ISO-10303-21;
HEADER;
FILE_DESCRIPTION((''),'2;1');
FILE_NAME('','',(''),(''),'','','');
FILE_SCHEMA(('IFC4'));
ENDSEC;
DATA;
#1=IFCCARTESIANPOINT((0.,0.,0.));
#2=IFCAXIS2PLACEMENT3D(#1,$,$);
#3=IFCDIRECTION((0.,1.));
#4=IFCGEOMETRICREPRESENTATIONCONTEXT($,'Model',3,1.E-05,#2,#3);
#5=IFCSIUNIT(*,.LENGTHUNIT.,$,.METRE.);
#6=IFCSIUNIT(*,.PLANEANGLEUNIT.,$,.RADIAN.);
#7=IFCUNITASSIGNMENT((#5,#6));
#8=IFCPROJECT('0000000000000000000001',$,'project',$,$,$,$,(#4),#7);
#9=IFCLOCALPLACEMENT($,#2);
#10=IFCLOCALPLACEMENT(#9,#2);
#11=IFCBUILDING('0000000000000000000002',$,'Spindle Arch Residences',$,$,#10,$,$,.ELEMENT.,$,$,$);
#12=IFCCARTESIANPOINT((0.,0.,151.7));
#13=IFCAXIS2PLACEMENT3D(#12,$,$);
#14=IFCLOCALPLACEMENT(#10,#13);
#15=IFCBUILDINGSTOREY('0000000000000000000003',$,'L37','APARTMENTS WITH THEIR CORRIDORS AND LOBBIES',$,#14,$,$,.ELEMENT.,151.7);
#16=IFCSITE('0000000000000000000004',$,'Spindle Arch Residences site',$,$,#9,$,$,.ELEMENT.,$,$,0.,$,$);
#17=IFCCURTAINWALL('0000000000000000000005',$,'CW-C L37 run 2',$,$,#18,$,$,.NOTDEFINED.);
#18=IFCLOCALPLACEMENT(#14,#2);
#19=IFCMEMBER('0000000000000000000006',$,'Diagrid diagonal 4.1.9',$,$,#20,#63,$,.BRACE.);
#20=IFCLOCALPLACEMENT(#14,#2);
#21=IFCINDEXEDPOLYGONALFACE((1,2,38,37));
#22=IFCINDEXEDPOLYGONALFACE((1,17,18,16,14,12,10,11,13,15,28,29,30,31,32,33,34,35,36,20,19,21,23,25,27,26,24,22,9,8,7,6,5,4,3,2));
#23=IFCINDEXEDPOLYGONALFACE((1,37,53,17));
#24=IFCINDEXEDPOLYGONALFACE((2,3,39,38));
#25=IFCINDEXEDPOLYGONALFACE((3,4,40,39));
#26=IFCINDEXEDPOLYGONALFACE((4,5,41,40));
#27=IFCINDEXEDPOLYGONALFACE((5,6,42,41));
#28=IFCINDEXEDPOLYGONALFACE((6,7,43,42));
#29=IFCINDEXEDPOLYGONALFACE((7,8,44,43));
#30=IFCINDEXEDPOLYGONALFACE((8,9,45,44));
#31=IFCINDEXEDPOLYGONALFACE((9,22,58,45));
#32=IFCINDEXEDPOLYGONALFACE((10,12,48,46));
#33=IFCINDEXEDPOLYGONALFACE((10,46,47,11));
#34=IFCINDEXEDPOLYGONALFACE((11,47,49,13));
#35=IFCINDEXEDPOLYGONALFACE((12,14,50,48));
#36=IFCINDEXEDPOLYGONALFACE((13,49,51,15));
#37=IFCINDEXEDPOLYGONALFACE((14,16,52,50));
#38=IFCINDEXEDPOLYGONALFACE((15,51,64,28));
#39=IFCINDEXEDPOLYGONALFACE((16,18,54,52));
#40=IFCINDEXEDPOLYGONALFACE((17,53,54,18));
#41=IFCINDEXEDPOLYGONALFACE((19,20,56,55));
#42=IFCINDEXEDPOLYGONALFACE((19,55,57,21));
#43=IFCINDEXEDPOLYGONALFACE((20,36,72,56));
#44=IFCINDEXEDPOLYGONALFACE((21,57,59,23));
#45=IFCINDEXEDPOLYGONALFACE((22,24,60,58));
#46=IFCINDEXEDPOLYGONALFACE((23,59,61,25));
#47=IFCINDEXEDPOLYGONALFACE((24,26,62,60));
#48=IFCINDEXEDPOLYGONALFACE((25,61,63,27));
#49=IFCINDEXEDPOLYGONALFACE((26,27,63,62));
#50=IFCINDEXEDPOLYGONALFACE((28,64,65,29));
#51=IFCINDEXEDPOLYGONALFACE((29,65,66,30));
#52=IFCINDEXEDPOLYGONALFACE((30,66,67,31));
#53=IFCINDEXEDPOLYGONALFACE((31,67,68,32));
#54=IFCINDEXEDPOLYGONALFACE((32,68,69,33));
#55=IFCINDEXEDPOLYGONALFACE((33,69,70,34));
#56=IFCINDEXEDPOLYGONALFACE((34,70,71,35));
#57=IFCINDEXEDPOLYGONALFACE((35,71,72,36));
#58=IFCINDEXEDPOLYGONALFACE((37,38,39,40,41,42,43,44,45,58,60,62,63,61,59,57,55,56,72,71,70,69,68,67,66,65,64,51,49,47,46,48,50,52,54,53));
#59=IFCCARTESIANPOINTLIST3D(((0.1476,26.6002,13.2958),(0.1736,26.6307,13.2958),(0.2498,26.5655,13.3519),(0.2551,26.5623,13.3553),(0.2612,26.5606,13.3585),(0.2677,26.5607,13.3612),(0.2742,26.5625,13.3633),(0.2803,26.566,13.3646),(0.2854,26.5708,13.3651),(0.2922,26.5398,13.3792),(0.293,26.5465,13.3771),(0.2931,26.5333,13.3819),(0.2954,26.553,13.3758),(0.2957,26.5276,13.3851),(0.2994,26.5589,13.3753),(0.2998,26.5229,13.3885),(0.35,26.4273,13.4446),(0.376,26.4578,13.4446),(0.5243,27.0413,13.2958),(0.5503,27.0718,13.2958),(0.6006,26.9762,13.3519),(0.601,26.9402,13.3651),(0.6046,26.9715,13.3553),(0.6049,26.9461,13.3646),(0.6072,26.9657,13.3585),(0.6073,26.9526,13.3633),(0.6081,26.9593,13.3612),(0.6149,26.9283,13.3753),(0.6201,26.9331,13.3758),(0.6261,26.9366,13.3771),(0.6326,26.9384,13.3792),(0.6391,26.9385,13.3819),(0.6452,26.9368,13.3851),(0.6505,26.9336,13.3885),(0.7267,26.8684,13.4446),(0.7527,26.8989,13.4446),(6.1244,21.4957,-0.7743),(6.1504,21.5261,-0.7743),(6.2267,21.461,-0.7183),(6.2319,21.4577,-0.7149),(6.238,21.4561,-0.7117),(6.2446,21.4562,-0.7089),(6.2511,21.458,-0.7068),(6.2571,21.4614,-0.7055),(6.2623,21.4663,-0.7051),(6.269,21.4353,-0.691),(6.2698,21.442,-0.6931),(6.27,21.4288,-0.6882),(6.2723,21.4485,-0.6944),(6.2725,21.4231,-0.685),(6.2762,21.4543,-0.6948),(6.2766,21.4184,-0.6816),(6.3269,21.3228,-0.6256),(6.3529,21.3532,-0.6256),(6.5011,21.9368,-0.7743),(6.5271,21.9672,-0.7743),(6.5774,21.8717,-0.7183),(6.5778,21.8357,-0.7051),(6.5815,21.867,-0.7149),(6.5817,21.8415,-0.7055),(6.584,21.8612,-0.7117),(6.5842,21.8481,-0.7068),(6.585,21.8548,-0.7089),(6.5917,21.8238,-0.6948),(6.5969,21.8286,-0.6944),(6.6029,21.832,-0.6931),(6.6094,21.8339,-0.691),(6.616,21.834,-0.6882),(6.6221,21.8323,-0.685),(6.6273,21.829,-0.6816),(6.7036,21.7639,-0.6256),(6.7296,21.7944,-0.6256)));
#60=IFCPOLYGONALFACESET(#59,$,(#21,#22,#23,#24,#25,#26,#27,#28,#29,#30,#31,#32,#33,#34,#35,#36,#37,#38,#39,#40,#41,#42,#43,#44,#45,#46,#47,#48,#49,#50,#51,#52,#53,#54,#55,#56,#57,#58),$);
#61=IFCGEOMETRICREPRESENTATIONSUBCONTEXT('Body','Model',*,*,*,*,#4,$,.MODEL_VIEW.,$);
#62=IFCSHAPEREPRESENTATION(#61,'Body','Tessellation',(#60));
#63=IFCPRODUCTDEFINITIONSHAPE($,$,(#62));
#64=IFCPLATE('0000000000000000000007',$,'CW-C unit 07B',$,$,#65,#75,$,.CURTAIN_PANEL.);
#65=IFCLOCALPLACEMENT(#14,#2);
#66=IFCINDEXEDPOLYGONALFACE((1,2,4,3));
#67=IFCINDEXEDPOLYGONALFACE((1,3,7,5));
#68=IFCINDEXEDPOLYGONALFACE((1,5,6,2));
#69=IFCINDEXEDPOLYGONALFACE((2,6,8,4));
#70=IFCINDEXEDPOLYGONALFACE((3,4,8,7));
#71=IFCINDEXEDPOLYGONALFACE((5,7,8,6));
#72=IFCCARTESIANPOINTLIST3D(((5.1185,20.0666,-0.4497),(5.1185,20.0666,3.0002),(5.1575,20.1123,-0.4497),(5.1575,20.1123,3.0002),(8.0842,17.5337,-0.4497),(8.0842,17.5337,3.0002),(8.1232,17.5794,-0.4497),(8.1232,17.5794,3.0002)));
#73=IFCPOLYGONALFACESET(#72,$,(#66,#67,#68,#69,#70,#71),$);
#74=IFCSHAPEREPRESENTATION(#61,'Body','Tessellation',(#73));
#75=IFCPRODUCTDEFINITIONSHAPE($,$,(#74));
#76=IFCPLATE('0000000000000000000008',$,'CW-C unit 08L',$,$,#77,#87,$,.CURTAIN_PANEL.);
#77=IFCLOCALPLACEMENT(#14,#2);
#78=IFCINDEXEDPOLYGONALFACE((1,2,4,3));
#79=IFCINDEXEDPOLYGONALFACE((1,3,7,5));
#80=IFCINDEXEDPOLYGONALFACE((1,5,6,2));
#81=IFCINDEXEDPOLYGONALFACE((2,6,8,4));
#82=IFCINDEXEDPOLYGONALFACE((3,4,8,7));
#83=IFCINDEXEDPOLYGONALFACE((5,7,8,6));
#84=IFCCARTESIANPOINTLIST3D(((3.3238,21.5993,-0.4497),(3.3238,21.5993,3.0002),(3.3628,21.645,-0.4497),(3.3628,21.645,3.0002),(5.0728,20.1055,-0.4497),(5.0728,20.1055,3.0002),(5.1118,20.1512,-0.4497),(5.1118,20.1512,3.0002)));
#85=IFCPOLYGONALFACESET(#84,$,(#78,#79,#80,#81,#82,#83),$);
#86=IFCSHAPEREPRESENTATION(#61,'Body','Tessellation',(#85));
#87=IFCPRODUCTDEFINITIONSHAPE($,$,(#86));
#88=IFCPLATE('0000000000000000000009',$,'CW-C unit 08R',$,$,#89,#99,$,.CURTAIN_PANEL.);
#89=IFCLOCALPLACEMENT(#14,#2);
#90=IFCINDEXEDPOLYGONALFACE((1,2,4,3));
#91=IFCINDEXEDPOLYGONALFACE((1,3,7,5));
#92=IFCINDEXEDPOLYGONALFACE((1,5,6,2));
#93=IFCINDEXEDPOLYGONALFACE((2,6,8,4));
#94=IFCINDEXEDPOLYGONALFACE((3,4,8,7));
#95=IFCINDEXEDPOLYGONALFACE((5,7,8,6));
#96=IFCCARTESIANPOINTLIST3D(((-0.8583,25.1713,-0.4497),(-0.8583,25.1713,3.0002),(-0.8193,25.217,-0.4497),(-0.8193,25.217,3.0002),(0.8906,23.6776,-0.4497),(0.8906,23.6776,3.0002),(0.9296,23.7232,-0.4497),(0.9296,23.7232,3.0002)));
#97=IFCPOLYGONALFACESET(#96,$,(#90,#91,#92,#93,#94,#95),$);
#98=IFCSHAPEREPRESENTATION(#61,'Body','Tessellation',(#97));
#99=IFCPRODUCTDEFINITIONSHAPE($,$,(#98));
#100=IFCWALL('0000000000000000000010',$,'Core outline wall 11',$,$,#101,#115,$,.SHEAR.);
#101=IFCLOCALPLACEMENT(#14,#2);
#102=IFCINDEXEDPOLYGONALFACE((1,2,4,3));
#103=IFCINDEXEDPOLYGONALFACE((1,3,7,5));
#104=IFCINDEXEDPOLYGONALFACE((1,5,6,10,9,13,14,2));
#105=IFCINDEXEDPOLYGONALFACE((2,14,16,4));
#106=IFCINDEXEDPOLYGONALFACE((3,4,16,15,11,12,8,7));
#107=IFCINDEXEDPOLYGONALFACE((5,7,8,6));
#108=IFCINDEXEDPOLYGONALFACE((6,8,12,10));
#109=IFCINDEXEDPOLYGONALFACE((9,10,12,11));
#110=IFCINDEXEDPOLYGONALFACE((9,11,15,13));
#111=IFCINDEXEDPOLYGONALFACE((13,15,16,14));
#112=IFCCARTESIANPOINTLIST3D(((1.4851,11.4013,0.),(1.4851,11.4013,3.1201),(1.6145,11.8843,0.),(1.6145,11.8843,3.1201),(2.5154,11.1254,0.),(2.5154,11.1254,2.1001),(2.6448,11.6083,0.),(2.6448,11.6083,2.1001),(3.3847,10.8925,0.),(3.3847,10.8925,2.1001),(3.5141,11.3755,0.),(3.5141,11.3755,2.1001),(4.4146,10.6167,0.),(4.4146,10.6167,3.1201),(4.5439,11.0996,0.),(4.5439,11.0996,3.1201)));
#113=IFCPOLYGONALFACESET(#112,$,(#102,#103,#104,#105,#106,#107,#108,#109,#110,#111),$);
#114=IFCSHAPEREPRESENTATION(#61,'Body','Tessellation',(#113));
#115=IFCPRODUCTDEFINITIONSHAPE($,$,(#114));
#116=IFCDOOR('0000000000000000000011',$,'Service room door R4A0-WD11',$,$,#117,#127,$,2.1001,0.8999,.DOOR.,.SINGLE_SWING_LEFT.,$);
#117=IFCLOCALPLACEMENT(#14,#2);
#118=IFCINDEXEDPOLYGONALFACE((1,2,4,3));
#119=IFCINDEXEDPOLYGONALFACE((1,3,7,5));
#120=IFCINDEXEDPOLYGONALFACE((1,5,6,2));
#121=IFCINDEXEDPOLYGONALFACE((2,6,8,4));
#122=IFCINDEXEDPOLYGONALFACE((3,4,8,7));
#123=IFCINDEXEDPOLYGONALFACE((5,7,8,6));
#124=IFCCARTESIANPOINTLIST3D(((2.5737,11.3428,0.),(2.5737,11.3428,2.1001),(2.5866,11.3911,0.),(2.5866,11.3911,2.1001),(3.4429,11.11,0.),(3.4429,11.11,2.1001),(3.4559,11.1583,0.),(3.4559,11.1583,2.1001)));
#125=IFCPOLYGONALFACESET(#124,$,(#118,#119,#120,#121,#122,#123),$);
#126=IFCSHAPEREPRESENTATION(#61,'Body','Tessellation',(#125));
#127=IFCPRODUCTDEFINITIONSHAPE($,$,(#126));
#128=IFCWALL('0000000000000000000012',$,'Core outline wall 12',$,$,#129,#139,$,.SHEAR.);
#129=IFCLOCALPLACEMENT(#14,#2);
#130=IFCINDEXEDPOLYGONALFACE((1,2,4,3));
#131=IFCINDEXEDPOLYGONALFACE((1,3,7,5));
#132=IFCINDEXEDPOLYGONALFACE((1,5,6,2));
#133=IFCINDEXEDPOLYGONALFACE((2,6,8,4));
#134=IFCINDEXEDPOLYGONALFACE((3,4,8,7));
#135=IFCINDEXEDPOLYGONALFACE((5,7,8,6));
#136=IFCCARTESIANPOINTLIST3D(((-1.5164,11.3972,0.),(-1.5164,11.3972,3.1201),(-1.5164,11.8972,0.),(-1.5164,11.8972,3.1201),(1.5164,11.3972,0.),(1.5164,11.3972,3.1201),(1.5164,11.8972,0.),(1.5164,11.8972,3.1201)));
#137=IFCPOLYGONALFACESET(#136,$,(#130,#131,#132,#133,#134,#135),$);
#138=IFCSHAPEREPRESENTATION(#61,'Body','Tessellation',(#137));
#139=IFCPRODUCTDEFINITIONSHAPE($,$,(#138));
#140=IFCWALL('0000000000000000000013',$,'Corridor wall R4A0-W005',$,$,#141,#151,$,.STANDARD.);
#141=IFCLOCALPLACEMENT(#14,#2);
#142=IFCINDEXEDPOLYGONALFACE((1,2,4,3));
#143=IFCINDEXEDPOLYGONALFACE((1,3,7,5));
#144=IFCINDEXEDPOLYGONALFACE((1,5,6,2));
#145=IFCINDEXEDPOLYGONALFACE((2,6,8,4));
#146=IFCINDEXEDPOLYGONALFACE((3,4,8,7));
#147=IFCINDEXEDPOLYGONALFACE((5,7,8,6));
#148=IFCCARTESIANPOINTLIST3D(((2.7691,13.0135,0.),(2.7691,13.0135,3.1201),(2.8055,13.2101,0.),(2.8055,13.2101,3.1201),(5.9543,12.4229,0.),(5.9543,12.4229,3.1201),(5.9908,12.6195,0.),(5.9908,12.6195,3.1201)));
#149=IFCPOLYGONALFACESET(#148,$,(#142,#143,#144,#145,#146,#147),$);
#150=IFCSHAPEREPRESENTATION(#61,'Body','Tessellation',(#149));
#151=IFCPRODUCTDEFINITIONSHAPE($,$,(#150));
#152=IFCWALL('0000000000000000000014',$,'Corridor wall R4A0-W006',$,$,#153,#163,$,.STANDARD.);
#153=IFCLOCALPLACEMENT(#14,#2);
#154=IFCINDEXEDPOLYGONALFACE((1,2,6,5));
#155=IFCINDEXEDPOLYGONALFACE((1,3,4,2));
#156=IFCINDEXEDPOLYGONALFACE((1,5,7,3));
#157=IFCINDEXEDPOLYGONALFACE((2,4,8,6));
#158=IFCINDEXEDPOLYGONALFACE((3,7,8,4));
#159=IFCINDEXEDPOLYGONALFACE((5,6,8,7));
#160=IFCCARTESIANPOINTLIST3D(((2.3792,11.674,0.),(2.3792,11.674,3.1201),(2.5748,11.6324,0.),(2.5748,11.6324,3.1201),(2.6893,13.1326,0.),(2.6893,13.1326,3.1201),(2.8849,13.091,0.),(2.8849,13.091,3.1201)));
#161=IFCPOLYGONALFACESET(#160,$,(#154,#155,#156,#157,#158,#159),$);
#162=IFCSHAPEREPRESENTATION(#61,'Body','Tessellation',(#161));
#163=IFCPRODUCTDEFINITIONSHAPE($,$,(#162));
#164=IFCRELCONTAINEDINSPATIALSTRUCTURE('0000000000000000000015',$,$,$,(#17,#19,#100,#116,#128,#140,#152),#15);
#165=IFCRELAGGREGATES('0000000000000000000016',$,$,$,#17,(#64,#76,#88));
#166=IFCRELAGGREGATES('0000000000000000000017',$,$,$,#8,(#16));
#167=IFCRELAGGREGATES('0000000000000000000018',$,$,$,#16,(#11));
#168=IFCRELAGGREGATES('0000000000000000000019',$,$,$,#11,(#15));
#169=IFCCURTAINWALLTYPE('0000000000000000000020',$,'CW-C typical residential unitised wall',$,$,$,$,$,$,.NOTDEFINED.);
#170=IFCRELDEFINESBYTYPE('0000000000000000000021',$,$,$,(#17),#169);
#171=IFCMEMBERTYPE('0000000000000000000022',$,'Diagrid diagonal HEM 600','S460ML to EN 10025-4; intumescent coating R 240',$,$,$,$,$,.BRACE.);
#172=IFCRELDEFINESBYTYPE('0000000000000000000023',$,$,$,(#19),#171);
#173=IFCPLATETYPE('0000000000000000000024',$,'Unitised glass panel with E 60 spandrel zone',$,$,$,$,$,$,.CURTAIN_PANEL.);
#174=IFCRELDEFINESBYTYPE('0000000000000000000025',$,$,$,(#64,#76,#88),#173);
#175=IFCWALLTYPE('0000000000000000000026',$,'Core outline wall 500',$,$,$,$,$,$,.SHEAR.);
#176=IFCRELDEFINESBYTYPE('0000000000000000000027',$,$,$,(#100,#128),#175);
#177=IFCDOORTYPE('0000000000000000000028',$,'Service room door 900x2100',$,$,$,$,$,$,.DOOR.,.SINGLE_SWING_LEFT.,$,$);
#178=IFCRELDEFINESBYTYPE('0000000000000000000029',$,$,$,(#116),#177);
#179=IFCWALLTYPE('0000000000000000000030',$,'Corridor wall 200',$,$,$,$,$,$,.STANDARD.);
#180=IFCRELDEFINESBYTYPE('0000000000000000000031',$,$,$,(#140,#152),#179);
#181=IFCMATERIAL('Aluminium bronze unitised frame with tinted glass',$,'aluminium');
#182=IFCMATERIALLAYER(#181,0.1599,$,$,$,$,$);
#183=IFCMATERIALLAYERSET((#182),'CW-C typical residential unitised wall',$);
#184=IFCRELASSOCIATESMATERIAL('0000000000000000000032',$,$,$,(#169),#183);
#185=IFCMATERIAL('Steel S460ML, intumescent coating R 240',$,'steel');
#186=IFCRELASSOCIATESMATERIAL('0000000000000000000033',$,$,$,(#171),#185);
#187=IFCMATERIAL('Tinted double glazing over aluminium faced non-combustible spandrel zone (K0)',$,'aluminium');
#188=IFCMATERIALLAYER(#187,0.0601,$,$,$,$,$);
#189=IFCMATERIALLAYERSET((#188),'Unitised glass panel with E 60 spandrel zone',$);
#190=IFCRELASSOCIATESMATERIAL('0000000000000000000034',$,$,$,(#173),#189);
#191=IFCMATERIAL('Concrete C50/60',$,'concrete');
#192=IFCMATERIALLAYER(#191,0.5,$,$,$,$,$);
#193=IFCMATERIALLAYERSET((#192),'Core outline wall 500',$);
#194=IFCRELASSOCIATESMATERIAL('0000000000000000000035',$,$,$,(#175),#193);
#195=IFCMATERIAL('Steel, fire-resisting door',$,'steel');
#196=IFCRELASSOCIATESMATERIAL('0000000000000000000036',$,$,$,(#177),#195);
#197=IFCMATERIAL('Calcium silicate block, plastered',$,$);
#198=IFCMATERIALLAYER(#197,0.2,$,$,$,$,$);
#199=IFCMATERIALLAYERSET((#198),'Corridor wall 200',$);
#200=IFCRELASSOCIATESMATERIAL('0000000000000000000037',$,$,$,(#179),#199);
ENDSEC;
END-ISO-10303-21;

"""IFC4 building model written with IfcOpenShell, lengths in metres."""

from ifc_helpers import new_model, si_unit, direction, frame, frame_2d, origin, origin_2d, place, context, subcontext, project, spatial, rectangle, i_section, extrude, material, layer, layer_set, material_profile, profile_set, type_object, element, fill, aggregate, save


model = new_model("IFC4")

# Units and contexts
model_context = context("Model", 3, precision=1e-05, world=origin(), true_north=direction((0.0, 1.0)))
body_context = subcontext(model_context, "Body", "Model", "MODEL_VIEW")
ifc_project = project(units=[si_unit("LENGTHUNIT", "METRE"), si_unit("PLANEANGLEUNIT", "RADIAN")], contexts=[model_context])

# Site, building, storey
site_placement = place(None, origin())
site = spatial("IfcSite", under=ifc_project, at=site_placement, Name="Spindle Arch Residences site", CompositionType="ELEMENT", RefElevation=0.0)
building_placement = place(site_placement, origin())
building = spatial("IfcBuilding", under=site, at=building_placement, Name="Spindle Arch Residences", CompositionType="ELEMENT")
storey_placement = place(building_placement, frame((0.0, 0.0, 151.7)))
storey = spatial("IfcBuildingStorey", under=building, at=storey_placement, Name="L37", Description="APARTMENTS WITH THEIR CORRIDORS AND LOBBIES", CompositionType="ELEMENT", Elevation=151.7)

# Curtain wall
ifc_material_1 = material(Name="Aluminium bronze unitised frame with tinted glass", Category="aluminium")
ifc_layer_1 = layer(ifc_material_1, 0.1599)
ifc_layer_set_1 = layer_set([ifc_layer_1], Name="CW-C typical residential unitised wall")
curtain_wall_type_1 = type_object("IfcCurtainWallType", Name="CW-C typical residential unitised wall", PredefinedType="NOTDEFINED", material=ifc_layer_set_1)
curtain_wall_1_placement = place(storey_placement, origin())
curtain_wall_1 = element("IfcCurtainWall", 1, at=curtain_wall_1_placement, inside=storey, type_object=curtain_wall_type_1, Name="CW-C L37 run 2", PredefinedType="NOTDEFINED")

# Member
ifc_material_2 = material(Name="Steel S460ML, intumescent coating R 240", Category="steel")
ifc_material_profile_1 = material_profile(ifc_material_2, i_section(OverallWidth=0.3049, OverallDepth=0.6201, WebThickness=0.021, FlangeThickness=0.04, FilletRadius=0.0271, at=origin_2d()), Name="HEM 600")
ifc_profile_set_1 = profile_set([ifc_material_profile_1], Name="Steel S460ML, intumescent coating R 240")
member_type_1 = type_object("IfcMemberType", Name="Diagrid diagonal HEM 600", Description="S460ML to EN 10025-4; intumescent coating R 240", PredefinedType="BRACE", material=ifc_profile_set_1)
for number, where, z_axis, x_axis, name in (
    (2, (6.427, 21.645, -0.7), (-0.370848, 0.316723, 0.873017), (0.663857, -0.566967, 0.48769), "Diagrid diagonal 4.1.9"),
):
    element("IfcMember", number, at=place(storey_placement, frame(where, z_axis=z_axis, x_axis=x_axis)), inside=storey, type_object=member_type_1, Name=name, PredefinedType="BRACE", context=body_context, shape_type="SweptSolid", body=[
        extrude(i_section(OverallWidth=0.3049, OverallDepth=0.6201, WebThickness=0.021, FlangeThickness=0.04, FilletRadius=0.0271, at=origin_2d()), origin(), (0.0, 0.0, 1.0), 16.1167),
    ])

# Plates
ifc_material_3 = material(Name="Tinted double glazing over aluminium faced non-combustible spandrel zone (K0)", Category="aluminium")
ifc_layer_2 = layer(ifc_material_3, 0.0601)
ifc_layer_set_2 = layer_set([ifc_layer_2], Name="Unitised glass panel with E 60 spandrel zone")
plate_type = type_object("IfcPlateType", Name="Unitised glass panel with E 60 spandrel zone", PredefinedType="CURTAIN_PANEL", material=ifc_layer_set_2)
plate_1_placement = place(storey_placement, frame((6.6208, 18.823, -0.4497), z_axis=(0.0, 0.0, 1.0), x_axis=(-0.760406, 0.649448, 0.0)))
plate_1 = element("IfcPlate", 3, at=plate_1_placement, type_object=plate_type, Name="CW-C unit 07B", PredefinedType="CURTAIN_PANEL", context=body_context, shape_type="SweptSolid", body=[
    extrude(rectangle(XDim=3.9001, YDim=0.0601, at=origin_2d()), origin(), (0.0, 0.0, 1.0), 3.45),
])
plate_2_placement = place(storey_placement, frame((4.2178, 20.8752, -0.4497), z_axis=(0.0, 0.0, 1.0), x_axis=(-0.760406, 0.649448, 0.0)))
plate_2 = element("IfcPlate", 4, at=plate_2_placement, type_object=plate_type, Name="CW-C unit 08L", PredefinedType="CURTAIN_PANEL", context=body_context, shape_type="SweptSolid", body=[
    extrude(rectangle(XDim=2.3, YDim=0.0601, at=origin_2d()), origin(), (0.0, 0.0, 1.0), 3.45),
])
plate_3_placement = place(storey_placement, frame((0.0356, 24.4473, -0.4497), z_axis=(0.0, 0.0, 1.0), x_axis=(-0.760406, 0.649448, 0.0)))
plate_3 = element("IfcPlate", 5, at=plate_3_placement, type_object=plate_type, Name="CW-C unit 08R", PredefinedType="CURTAIN_PANEL", context=body_context, shape_type="SweptSolid", body=[
    extrude(rectangle(XDim=2.3, YDim=0.0601, at=origin_2d()), origin(), (0.0, 0.0, 1.0), 3.45),
])
aggregate(curtain_wall_1, [plate_1, plate_2, plate_3])

# Wall, opening, door
ifc_material_4 = material(Name="Concrete C50/60", Category="concrete")
ifc_layer_3 = layer(ifc_material_4, 0.5)
ifc_layer_set_3 = layer_set([ifc_layer_3], Name="Core outline wall 500")
wall_type_1 = type_object("IfcWallType", Name="Core outline wall 500", PredefinedType="SHEAR", material=ifc_layer_set_3)
wall_1_placement = place(storey_placement, frame((4.4792, 10.8582, 0.0), z_axis=(0.0, 0.0, 1.0), x_axis=(-0.965948, 0.258735, 0.0)))
wall_1 = element("IfcWall", 6, at=wall_1_placement, inside=storey, type_object=wall_type_1, Name="Core outline wall 11", PredefinedType="SHEAR", context=body_context, shape_type="SweptSolid", body=[
    extrude(rectangle(XDim=3.0327, YDim=0.5, at=frame_2d((1.5164, 0.0))), origin(), (0.0, 0.0, 1.0), 3.1201),
])
opening_1_placement = place(wall_1_placement, frame((1.0662, 0.0, 0.0)))
opening_1 = element("IfcOpeningElement", 7, at=opening_1_placement, cuts=wall_1, PredefinedType="OPENING", context=body_context, shape_type="SweptSolid", body=[
    extrude(rectangle(XDim=0.8999, YDim=2.1001, at=frame_2d((0.45, 1.05))), frame((0.0, 0.26, 0.0), z_axis=(0.0, -1.0, 0.0), x_axis=(1.0, 0.0, 0.0)), (0.0, 0.0, 1.0), 0.52),
])
ifc_material_5 = material(Name="Steel, fire-resisting door", Category="steel")
door_type_1 = type_object("IfcDoorType", Name="Service room door 900x2100", OperationType="SINGLE_SWING_LEFT", PredefinedType="DOOR", material=ifc_material_5)
door_1_placement = place(opening_1_placement, origin())
door_1 = element("IfcDoor", 8, at=door_1_placement, inside=storey, type_object=door_type_1, Name="Service room door R4A0-WD11", OperationType="SINGLE_SWING_LEFT", OverallHeight=2.1001, OverallWidth=0.8999, PredefinedType="DOOR", context=body_context, shape_type="SweptSolid", body=[
    extrude(rectangle(XDim=0.8999, YDim=2.1001, at=frame_2d((0.45, 1.05))), frame((0.0, 0.0249, 0.0), z_axis=(0.0, -1.0, 0.0), x_axis=(1.0, 0.0, 0.0)), (0.0, 0.0, 1.0), 0.05),
])
fill(opening_1, door_1)

# Walls
wall_2_placement = place(storey_placement, frame((1.5164, 11.6472, 0.0), z_axis=(0.0, 0.0, 1.0), x_axis=(-1.0, 0.0, 0.0)))
element("IfcWall", 9, at=wall_2_placement, inside=storey, type_object=wall_type_1, Name="Core outline wall 12", PredefinedType="SHEAR", context=body_context, shape_type="SweptSolid", body=[
    extrude(rectangle(XDim=3.0327, YDim=0.5, at=frame_2d((1.5164, 0.0))), origin(), (0.0, 0.0, 1.0), 3.1201),
])
ifc_material_6 = material(Name="Calcium silicate block, plastered")
ifc_layer_4 = layer(ifc_material_6, 0.2)
ifc_layer_set_4 = layer_set([ifc_layer_4], Name="Corridor wall 200")
wall_type_2 = type_object("IfcWallType", Name="Corridor wall 200", PredefinedType="STANDARD", material=ifc_layer_set_4)
wall_3_placement = place(storey_placement, frame((5.9724, 12.5212, 0.0), z_axis=(0.0, 0.0, 1.0), x_axis=(-0.983243, 0.1823, 0.0)))
element("IfcWall", 10, at=wall_3_placement, inside=storey, type_object=wall_type_2, Name="Corridor wall R4A0-W005", PredefinedType="STANDARD", context=body_context, shape_type="SweptSolid", body=[
    extrude(rectangle(XDim=3.2395, YDim=0.2, at=frame_2d((1.6196, 0.0))), origin(), (0.0, 0.0, 1.0), 3.1201),
])
wall_4_placement = place(storey_placement, frame((2.7871, 13.1118, 0.0), z_axis=(0.0, 0.0, 1.0), x_axis=(-0.207941, -0.978141, 0.0)))
element("IfcWall", 11, at=wall_4_placement, inside=storey, type_object=wall_type_2, Name="Corridor wall R4A0-W006", PredefinedType="STANDARD", context=body_context, shape_type="SweptSolid", body=[
    extrude(rectangle(XDim=1.4912, YDim=0.2, at=frame_2d((0.7456, 0.0))), origin(), (0.0, 0.0, 1.0), 3.1201),
])

save(model, "model.ifc")
